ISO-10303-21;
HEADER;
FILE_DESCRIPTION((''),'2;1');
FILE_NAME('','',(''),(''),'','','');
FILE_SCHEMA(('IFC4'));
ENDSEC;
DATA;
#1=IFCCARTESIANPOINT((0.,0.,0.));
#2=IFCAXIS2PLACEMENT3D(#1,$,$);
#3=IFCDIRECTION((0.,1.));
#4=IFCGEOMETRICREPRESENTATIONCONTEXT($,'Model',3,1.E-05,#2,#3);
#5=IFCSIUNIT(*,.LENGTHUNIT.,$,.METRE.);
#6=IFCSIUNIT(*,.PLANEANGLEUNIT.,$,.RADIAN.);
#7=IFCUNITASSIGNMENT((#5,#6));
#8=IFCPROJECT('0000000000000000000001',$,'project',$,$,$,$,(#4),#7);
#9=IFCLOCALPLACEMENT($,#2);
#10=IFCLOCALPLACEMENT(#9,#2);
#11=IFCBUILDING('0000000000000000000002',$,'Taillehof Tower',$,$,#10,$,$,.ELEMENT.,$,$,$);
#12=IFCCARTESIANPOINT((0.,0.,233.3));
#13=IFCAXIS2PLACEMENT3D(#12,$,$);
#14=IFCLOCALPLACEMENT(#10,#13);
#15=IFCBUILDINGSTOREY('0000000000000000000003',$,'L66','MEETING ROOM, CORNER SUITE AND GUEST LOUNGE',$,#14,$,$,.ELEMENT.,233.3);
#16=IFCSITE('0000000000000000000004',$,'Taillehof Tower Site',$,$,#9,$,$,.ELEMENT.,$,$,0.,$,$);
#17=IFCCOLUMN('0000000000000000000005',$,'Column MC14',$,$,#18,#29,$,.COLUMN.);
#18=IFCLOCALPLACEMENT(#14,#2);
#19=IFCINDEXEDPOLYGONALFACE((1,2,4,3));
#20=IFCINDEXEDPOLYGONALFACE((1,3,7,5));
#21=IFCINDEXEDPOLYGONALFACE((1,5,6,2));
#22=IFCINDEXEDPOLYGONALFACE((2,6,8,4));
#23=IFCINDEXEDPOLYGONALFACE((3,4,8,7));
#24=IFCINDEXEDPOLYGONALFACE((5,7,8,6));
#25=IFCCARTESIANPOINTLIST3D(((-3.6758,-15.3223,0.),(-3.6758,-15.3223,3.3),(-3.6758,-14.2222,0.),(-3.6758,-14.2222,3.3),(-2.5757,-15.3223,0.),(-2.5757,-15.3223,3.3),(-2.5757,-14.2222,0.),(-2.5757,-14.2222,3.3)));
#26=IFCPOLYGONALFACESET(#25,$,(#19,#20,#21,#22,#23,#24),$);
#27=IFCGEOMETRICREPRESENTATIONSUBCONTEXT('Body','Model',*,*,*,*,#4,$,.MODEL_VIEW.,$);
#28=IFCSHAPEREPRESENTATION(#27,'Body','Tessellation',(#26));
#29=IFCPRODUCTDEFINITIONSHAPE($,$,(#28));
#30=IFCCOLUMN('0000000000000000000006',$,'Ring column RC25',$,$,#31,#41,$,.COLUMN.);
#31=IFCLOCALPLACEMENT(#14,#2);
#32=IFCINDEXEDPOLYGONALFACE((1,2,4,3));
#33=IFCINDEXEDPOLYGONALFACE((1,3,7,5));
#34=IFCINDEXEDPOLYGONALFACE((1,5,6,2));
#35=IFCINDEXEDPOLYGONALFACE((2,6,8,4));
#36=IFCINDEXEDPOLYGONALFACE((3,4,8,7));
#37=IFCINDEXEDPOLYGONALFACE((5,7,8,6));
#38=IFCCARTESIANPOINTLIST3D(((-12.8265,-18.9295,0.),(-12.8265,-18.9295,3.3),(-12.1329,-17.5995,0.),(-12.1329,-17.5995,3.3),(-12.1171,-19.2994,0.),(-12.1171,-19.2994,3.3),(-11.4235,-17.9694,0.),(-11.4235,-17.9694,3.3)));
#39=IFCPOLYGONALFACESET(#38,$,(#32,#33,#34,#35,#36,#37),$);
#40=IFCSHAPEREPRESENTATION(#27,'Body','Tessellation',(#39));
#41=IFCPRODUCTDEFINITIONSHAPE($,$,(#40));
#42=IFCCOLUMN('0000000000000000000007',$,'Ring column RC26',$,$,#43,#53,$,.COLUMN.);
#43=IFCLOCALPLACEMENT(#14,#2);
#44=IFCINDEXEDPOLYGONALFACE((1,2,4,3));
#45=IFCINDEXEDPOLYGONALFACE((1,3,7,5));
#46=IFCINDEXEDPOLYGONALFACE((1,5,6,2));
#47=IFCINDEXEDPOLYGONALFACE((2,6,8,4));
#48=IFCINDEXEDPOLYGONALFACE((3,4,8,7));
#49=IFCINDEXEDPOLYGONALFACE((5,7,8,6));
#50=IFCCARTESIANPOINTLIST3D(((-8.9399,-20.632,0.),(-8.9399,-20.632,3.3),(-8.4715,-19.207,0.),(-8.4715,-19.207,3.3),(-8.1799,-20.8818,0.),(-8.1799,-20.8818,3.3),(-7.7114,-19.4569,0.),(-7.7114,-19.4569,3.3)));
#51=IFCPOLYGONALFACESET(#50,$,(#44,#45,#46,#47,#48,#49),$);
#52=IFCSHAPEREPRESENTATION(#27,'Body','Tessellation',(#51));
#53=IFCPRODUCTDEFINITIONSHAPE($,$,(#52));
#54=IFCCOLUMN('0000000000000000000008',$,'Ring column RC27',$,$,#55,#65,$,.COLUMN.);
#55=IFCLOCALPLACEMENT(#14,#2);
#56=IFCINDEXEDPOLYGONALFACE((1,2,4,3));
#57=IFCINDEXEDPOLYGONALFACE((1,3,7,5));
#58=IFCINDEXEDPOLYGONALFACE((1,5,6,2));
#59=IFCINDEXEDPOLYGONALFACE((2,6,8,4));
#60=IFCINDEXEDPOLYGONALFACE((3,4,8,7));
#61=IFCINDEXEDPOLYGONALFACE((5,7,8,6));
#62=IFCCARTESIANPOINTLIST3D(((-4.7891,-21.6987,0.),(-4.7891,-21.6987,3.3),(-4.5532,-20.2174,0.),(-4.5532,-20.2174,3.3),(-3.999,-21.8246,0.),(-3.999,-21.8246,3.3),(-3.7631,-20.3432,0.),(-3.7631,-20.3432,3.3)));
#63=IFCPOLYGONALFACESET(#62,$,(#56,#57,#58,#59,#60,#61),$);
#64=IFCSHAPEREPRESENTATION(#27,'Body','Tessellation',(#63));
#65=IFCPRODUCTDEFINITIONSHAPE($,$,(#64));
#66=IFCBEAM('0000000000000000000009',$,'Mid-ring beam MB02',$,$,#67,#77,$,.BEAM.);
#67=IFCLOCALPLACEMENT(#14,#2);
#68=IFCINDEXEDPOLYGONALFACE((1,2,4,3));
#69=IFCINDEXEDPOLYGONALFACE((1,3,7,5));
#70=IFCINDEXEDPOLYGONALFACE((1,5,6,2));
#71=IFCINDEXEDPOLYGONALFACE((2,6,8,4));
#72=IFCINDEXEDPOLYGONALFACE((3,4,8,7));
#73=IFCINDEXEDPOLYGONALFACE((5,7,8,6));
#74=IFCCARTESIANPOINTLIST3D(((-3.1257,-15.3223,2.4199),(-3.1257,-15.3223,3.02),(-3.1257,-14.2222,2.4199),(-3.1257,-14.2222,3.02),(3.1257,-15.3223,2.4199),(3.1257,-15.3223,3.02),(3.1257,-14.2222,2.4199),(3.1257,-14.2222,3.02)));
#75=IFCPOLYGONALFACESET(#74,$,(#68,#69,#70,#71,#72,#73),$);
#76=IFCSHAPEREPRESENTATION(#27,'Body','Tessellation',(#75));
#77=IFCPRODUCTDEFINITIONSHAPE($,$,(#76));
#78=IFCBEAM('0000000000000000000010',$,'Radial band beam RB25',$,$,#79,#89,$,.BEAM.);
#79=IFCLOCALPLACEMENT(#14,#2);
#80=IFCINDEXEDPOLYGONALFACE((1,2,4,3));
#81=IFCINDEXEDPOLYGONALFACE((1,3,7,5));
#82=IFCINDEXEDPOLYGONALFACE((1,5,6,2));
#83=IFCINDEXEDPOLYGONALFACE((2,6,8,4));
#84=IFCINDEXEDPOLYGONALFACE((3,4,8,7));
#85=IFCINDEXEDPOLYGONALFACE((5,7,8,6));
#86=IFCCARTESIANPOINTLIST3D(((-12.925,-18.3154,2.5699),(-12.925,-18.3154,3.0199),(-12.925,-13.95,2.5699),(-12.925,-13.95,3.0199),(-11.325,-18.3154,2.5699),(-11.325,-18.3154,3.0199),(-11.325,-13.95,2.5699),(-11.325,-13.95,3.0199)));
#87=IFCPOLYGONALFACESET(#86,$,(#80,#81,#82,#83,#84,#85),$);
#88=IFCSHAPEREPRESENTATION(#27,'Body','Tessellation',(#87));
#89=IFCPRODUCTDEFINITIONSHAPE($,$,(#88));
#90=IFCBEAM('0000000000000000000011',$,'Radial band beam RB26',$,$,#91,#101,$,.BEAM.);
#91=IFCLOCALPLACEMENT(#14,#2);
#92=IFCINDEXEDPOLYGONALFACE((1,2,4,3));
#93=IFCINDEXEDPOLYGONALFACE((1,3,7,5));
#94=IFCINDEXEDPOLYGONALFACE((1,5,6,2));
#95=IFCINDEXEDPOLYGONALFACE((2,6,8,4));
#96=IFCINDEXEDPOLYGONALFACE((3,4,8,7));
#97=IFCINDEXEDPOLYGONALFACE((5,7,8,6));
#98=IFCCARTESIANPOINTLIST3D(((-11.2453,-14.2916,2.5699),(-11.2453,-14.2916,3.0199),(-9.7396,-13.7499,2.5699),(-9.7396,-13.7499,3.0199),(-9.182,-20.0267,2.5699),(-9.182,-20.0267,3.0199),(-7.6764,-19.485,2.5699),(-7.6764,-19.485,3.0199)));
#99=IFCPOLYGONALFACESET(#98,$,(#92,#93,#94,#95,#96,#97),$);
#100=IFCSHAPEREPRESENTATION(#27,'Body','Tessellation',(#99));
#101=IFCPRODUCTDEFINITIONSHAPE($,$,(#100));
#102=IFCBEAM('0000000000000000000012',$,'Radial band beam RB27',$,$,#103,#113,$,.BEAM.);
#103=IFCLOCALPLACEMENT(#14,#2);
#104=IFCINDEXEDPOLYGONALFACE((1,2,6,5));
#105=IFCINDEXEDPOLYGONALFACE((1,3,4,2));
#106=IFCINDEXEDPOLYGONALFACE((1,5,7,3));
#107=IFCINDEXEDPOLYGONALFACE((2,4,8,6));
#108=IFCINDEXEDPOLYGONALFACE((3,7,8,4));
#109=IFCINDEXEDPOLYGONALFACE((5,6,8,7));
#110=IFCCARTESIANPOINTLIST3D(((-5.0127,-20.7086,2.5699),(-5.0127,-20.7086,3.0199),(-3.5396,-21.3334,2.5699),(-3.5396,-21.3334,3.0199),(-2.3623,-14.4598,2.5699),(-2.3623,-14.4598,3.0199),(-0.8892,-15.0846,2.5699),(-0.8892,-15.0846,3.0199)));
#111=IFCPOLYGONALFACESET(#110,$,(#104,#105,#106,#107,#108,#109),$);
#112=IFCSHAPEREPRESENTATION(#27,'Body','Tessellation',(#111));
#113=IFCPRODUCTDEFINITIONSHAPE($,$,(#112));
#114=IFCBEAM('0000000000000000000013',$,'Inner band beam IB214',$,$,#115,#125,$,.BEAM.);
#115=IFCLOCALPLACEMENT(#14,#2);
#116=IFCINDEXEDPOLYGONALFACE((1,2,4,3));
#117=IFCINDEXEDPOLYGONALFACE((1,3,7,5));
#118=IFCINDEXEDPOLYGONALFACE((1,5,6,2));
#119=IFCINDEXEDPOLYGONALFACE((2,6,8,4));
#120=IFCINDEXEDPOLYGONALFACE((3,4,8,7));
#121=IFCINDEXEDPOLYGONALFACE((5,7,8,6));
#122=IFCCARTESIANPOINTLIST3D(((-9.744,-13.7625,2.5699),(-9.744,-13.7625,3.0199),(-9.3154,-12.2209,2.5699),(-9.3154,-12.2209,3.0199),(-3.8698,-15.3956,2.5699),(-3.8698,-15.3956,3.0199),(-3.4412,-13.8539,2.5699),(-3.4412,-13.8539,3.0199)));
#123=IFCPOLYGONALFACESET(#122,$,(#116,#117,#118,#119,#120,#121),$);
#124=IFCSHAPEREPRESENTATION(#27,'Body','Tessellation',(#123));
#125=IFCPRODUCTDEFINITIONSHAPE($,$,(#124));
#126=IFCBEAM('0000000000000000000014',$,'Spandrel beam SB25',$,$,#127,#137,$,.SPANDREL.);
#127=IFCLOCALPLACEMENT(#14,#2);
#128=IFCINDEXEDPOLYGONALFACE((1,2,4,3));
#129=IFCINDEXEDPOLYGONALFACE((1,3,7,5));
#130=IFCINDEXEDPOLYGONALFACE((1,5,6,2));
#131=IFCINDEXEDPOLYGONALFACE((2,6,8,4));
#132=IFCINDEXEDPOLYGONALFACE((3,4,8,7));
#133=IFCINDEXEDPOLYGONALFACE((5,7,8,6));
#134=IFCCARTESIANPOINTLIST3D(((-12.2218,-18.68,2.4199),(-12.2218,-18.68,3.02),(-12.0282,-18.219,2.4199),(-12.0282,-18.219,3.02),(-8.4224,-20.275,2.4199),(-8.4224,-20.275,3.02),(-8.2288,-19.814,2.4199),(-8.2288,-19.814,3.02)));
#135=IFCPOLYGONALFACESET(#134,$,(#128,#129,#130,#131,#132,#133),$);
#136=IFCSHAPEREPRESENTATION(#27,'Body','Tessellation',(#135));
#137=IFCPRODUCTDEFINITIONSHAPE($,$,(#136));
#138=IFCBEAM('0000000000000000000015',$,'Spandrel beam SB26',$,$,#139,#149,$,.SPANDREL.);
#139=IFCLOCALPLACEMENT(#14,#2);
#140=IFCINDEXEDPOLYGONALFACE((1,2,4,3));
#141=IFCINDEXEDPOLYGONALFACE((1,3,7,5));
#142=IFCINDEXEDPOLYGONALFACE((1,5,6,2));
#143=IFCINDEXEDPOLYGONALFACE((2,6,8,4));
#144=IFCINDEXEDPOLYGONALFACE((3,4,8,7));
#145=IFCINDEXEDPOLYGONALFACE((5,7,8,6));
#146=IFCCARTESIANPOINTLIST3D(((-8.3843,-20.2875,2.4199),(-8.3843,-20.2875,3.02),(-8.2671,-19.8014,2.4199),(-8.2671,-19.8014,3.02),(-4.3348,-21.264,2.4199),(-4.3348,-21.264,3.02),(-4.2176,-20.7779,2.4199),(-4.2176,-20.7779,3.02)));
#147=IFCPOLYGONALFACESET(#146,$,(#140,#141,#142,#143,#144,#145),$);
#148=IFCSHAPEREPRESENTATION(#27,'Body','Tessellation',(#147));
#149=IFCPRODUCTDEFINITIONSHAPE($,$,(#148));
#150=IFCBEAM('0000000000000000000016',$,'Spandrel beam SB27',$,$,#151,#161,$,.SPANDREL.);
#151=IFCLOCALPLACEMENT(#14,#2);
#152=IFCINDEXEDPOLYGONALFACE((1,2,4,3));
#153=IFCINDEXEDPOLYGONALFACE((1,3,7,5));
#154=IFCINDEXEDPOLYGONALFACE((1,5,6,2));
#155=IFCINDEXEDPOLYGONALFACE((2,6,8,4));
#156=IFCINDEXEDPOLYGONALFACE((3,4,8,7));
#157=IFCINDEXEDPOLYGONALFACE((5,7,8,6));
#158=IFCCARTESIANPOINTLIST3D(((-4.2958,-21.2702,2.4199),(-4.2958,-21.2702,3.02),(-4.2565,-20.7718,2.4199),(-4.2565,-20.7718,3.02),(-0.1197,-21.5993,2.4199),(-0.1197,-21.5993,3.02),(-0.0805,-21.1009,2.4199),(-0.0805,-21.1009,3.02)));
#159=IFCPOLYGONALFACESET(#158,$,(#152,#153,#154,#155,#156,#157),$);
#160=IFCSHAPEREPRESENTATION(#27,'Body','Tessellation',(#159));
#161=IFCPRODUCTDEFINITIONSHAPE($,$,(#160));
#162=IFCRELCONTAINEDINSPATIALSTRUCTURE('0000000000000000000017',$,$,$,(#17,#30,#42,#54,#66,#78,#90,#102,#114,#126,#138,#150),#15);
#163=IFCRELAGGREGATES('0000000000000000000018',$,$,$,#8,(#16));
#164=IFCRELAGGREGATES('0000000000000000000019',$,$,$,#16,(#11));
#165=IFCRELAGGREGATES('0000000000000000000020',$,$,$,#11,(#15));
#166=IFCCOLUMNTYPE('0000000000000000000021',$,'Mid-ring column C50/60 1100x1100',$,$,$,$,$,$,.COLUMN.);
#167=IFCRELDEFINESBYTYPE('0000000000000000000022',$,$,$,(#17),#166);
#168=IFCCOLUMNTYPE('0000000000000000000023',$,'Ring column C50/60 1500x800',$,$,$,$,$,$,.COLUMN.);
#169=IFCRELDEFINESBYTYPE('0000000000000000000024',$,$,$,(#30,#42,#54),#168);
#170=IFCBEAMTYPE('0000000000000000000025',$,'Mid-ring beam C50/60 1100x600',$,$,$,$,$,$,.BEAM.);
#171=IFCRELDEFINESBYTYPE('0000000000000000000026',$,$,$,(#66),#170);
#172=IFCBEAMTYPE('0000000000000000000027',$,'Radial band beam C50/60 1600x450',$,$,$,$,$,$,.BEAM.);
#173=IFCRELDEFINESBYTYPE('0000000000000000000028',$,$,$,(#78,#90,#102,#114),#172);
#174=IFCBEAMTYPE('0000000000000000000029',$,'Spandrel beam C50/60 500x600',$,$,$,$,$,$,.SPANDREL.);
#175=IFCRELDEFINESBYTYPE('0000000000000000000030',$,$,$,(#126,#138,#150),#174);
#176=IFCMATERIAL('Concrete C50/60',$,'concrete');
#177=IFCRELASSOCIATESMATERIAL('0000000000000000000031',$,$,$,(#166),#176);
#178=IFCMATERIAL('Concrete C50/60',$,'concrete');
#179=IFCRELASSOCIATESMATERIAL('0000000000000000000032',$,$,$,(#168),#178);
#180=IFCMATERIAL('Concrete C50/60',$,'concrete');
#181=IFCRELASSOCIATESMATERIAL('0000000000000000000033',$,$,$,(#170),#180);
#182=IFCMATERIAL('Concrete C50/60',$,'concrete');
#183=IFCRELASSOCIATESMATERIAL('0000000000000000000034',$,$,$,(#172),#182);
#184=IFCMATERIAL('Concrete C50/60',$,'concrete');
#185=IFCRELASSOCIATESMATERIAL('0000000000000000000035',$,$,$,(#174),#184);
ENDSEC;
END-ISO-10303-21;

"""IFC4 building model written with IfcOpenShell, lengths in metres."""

from ifc_helpers import new_model, si_unit, direction, frame, origin, origin_2d, place, context, subcontext, project, spatial, rectangle, extrude, material, material_profile, profile_set, type_object, element, save


model = new_model("IFC4")

# Units and contexts
model_context = context("Model", 3, precision=1e-05, world=origin(), true_north=direction((0.0, 1.0)))
body_context = subcontext(model_context, "Body", "Model", "MODEL_VIEW")
ifc_project = project(units=[si_unit("LENGTHUNIT", "METRE"), si_unit("PLANEANGLEUNIT", "RADIAN")], contexts=[model_context])

# Site, building, storey
site_placement = place(None, origin())
site = spatial("IfcSite", under=ifc_project, at=site_placement, Name="Taillehof Tower Site", CompositionType="ELEMENT", RefElevation=0.0)
building_placement = place(site_placement, origin())
building = spatial("IfcBuilding", under=site, at=building_placement, Name="Taillehof Tower", CompositionType="ELEMENT")
storey_placement = place(building_placement, frame((0.0, 0.0, 233.3)))
storey = spatial("IfcBuildingStorey", under=building, at=storey_placement, Name="L66", Description="MEETING ROOM, CORNER SUITE AND GUEST LOUNGE", CompositionType="ELEMENT", Elevation=233.3)

# Columns
ifc_material_1 = material(Name="Concrete C50/60", Category="concrete")
ifc_material_profile_1 = material_profile(ifc_material_1, rectangle(XDim=1.1001, YDim=1.1001, at=origin_2d()), Name="RC 1100x1100")
ifc_profile_set_1 = profile_set([ifc_material_profile_1], Name="Concrete C50/60")
column_type_1 = type_object("IfcColumnType", Name="Mid-ring column C50/60 1100x1100", PredefinedType="COLUMN", material=ifc_profile_set_1)
column_placement = place(storey_placement, frame((-3.1257, -14.7722, 0.0), z_axis=(0.0, 0.0, 1.0), x_axis=(1.0, 0.0, 0.0)))
element("IfcColumn", 1, at=column_placement, inside=storey, type_object=column_type_1, Name="Column MC14", PredefinedType="COLUMN", context=body_context, shape_type="SweptSolid", body=[
    extrude(rectangle(XDim=1.1001, YDim=1.1001, at=origin_2d()), origin(), (0.0, 0.0, 1.0), 3.3),
])
ifc_material_2 = material(Name="Concrete C50/60", Category="concrete")
ifc_material_profile_2 = material_profile(ifc_material_2, rectangle(XDim=1.5, YDim=0.8, at=origin_2d()), Name="RC 1500x800")
ifc_profile_set_2 = profile_set([ifc_material_profile_2], Name="Concrete C50/60")
column_type_2 = type_object("IfcColumnType", Name="Ring column C50/60 1500x800", PredefinedType="COLUMN", material=ifc_profile_set_2)
for number, where, z_axis, x_axis, name in (
    (2, (-12.125, -18.4495, 0.0), (0.0, 0.0, 1.0), (-0.462384, -0.88668, 0.0), "Ring column RC25"),
    (3, (-8.3257, -20.0444, 0.0), (0.0, 0.0, 1.0), (-0.312304, -0.949982, 0.0), "Ring column RC26"),
    (4, (-4.2761, -21.021, 0.0), (0.0, 0.0, 1.0), (-0.157281, -0.987554, 0.0), "Ring column RC27"),
):
    element("IfcColumn", number, at=place(storey_placement, frame(where, z_axis=z_axis, x_axis=x_axis)), inside=storey, type_object=column_type_2, Name=name, PredefinedType="COLUMN", context=body_context, shape_type="SweptSolid", body=[
        extrude(rectangle(XDim=1.5, YDim=0.8, at=origin_2d()), origin(), (0.0, 0.0, 1.0), 3.3),
    ])

# Beams
ifc_material_3 = material(Name="Concrete C50/60", Category="concrete")
ifc_material_profile_3 = material_profile(ifc_material_3, rectangle(XDim=1.1001, YDim=0.6001, at=origin_2d()), Name="RC 1100x600")
ifc_profile_set_3 = profile_set([ifc_material_profile_3], Name="Concrete C50/60")
beam_type_1 = type_object("IfcBeamType", Name="Mid-ring beam C50/60 1100x600", PredefinedType="BEAM", material=ifc_profile_set_3)
beam_1_placement = place(storey_placement, frame((-3.1257, -14.7722, 2.72), z_axis=(1.0, 0.0, 0.0), x_axis=(0.0, 1.0, 0.0)))
element("IfcBeam", 5, at=beam_1_placement, inside=storey, type_object=beam_type_1, Name="Mid-ring beam MB02", PredefinedType="BEAM", context=body_context, shape_type="SweptSolid", body=[
    extrude(rectangle(XDim=1.1001, YDim=0.6001, at=origin_2d()), origin(), (0.0, 0.0, 1.0), 6.2515),
])
ifc_material_4 = material(Name="Concrete C50/60", Category="concrete")
ifc_material_profile_4 = material_profile(ifc_material_4, rectangle(XDim=1.6001, YDim=0.45, at=origin_2d()), Name="RC 1600x450")
ifc_profile_set_4 = profile_set([ifc_material_profile_4], Name="Concrete C50/60")
beam_type_2 = type_object("IfcBeamType", Name="Radial band beam C50/60 1600x450", PredefinedType="BEAM", material=ifc_profile_set_4)
beam_2_placement = place(storey_placement, frame((-12.125, -18.3154, 2.7949), z_axis=(0.0, 1.0, 0.0), x_axis=(-1.0, 0.0, 0.0)))
element("IfcBeam", 6, at=beam_2_placement, inside=storey, type_object=beam_type_2, Name="Radial band beam RB25", PredefinedType="BEAM", context=body_context, shape_type="SweptSolid", body=[
    extrude(rectangle(XDim=1.6001, YDim=0.45, at=origin_2d()), origin(), (0.0, 0.0, 1.0), 4.3655),
])
beam_3_placement = place(storey_placement, frame((-8.4292, -19.7559, 2.7949), z_axis=(-0.338515, 0.940961, 0.0), x_axis=(-0.940961, -0.338515, 0.0)))
element("IfcBeam", 7, at=beam_3_placement, inside=storey, type_object=beam_type_2, Name="Radial band beam RB26", PredefinedType="BEAM", context=body_context, shape_type="SweptSolid", body=[
    extrude(rectangle(XDim=1.6001, YDim=0.45, at=origin_2d()), origin(), (0.0, 0.0, 1.0), 6.095),
])
beam_4_placement = place(storey_placement, frame((-4.2761, -21.021, 2.7949), z_axis=(0.390474, 0.920614, 0.0), x_axis=(-0.920614, 0.390474, 0.0)))
element("IfcBeam", 8, at=beam_4_placement, inside=storey, type_object=beam_type_2, Name="Radial band beam RB27", PredefinedType="BEAM", context=body_context, shape_type="SweptSolid", body=[
    extrude(rectangle(XDim=1.6001, YDim=0.45, at=origin_2d()), origin(), (0.0, 0.0, 1.0), 6.7876),
])
beam_5_placement = place(storey_placement, frame((-3.6555, -14.6248, 2.7949), z_axis=(-0.963459, 0.267855, 0.0), x_axis=(-0.267855, -0.963459, 0.0)))
element("IfcBeam", 9, at=beam_5_placement, inside=storey, type_object=beam_type_2, Name="Inner band beam IB214", PredefinedType="BEAM", context=body_context, shape_type="SweptSolid", body=[
    extrude(rectangle(XDim=1.6001, YDim=0.45, at=origin_2d()), origin(), (0.0, 0.0, 1.0), 6.0969),
])
ifc_material_5 = material(Name="Concrete C50/60", Category="concrete")
ifc_material_profile_5 = material_profile(ifc_material_5, rectangle(XDim=0.5, YDim=0.6001, at=origin_2d()), Name="RC 500x600")
ifc_profile_set_5 = profile_set([ifc_material_profile_5], Name="Concrete C50/60")
beam_type_3 = type_object("IfcBeamType", Name="Spandrel beam C50/60 500x600", PredefinedType="SPANDREL", material=ifc_profile_set_5)
beam_6_placement = place(storey_placement, frame((-12.125, -18.4495, 2.72), z_axis=(0.922046, -0.387079, 0.0), x_axis=(0.387079, 0.922046, 0.0)))
element("IfcBeam", 10, at=beam_6_placement, inside=storey, type_object=beam_type_3, Name="Spandrel beam SB25", PredefinedType="SPANDREL", context=body_context, shape_type="SweptSolid", body=[
    extrude(rectangle(XDim=0.5, YDim=0.6001, at=origin_2d()), origin(), (0.0, 0.0, 1.0), 4.1206),
])
beam_7_placement = place(storey_placement, frame((-8.3257, -20.0444, 2.72), z_axis=(0.972132, -0.234432, 0.0), x_axis=(0.234432, 0.972132, 0.0)))
element("IfcBeam", 11, at=beam_7_placement, inside=storey, type_object=beam_type_3, Name="Spandrel beam SB26", PredefinedType="SPANDREL", context=body_context, shape_type="SweptSolid", body=[
    extrude(rectangle(XDim=0.5, YDim=0.6001, at=origin_2d()), origin(), (0.0, 0.0, 1.0), 4.1655),
])
beam_8_placement = place(storey_placement, frame((-4.2761, -21.021, 2.72), z_axis=(0.996909, -0.078564, 0.0), x_axis=(0.078564, 0.996909, 0.0)))
element("IfcBeam", 12, at=beam_8_placement, inside=storey, type_object=beam_type_3, Name="Spandrel beam SB27", PredefinedType="SPANDREL", context=body_context, shape_type="SweptSolid", body=[
    extrude(rectangle(XDim=0.5, YDim=0.6001, at=origin_2d()), origin(), (0.0, 0.0, 1.0), 4.189),
])

save(model, "model.ifc")
